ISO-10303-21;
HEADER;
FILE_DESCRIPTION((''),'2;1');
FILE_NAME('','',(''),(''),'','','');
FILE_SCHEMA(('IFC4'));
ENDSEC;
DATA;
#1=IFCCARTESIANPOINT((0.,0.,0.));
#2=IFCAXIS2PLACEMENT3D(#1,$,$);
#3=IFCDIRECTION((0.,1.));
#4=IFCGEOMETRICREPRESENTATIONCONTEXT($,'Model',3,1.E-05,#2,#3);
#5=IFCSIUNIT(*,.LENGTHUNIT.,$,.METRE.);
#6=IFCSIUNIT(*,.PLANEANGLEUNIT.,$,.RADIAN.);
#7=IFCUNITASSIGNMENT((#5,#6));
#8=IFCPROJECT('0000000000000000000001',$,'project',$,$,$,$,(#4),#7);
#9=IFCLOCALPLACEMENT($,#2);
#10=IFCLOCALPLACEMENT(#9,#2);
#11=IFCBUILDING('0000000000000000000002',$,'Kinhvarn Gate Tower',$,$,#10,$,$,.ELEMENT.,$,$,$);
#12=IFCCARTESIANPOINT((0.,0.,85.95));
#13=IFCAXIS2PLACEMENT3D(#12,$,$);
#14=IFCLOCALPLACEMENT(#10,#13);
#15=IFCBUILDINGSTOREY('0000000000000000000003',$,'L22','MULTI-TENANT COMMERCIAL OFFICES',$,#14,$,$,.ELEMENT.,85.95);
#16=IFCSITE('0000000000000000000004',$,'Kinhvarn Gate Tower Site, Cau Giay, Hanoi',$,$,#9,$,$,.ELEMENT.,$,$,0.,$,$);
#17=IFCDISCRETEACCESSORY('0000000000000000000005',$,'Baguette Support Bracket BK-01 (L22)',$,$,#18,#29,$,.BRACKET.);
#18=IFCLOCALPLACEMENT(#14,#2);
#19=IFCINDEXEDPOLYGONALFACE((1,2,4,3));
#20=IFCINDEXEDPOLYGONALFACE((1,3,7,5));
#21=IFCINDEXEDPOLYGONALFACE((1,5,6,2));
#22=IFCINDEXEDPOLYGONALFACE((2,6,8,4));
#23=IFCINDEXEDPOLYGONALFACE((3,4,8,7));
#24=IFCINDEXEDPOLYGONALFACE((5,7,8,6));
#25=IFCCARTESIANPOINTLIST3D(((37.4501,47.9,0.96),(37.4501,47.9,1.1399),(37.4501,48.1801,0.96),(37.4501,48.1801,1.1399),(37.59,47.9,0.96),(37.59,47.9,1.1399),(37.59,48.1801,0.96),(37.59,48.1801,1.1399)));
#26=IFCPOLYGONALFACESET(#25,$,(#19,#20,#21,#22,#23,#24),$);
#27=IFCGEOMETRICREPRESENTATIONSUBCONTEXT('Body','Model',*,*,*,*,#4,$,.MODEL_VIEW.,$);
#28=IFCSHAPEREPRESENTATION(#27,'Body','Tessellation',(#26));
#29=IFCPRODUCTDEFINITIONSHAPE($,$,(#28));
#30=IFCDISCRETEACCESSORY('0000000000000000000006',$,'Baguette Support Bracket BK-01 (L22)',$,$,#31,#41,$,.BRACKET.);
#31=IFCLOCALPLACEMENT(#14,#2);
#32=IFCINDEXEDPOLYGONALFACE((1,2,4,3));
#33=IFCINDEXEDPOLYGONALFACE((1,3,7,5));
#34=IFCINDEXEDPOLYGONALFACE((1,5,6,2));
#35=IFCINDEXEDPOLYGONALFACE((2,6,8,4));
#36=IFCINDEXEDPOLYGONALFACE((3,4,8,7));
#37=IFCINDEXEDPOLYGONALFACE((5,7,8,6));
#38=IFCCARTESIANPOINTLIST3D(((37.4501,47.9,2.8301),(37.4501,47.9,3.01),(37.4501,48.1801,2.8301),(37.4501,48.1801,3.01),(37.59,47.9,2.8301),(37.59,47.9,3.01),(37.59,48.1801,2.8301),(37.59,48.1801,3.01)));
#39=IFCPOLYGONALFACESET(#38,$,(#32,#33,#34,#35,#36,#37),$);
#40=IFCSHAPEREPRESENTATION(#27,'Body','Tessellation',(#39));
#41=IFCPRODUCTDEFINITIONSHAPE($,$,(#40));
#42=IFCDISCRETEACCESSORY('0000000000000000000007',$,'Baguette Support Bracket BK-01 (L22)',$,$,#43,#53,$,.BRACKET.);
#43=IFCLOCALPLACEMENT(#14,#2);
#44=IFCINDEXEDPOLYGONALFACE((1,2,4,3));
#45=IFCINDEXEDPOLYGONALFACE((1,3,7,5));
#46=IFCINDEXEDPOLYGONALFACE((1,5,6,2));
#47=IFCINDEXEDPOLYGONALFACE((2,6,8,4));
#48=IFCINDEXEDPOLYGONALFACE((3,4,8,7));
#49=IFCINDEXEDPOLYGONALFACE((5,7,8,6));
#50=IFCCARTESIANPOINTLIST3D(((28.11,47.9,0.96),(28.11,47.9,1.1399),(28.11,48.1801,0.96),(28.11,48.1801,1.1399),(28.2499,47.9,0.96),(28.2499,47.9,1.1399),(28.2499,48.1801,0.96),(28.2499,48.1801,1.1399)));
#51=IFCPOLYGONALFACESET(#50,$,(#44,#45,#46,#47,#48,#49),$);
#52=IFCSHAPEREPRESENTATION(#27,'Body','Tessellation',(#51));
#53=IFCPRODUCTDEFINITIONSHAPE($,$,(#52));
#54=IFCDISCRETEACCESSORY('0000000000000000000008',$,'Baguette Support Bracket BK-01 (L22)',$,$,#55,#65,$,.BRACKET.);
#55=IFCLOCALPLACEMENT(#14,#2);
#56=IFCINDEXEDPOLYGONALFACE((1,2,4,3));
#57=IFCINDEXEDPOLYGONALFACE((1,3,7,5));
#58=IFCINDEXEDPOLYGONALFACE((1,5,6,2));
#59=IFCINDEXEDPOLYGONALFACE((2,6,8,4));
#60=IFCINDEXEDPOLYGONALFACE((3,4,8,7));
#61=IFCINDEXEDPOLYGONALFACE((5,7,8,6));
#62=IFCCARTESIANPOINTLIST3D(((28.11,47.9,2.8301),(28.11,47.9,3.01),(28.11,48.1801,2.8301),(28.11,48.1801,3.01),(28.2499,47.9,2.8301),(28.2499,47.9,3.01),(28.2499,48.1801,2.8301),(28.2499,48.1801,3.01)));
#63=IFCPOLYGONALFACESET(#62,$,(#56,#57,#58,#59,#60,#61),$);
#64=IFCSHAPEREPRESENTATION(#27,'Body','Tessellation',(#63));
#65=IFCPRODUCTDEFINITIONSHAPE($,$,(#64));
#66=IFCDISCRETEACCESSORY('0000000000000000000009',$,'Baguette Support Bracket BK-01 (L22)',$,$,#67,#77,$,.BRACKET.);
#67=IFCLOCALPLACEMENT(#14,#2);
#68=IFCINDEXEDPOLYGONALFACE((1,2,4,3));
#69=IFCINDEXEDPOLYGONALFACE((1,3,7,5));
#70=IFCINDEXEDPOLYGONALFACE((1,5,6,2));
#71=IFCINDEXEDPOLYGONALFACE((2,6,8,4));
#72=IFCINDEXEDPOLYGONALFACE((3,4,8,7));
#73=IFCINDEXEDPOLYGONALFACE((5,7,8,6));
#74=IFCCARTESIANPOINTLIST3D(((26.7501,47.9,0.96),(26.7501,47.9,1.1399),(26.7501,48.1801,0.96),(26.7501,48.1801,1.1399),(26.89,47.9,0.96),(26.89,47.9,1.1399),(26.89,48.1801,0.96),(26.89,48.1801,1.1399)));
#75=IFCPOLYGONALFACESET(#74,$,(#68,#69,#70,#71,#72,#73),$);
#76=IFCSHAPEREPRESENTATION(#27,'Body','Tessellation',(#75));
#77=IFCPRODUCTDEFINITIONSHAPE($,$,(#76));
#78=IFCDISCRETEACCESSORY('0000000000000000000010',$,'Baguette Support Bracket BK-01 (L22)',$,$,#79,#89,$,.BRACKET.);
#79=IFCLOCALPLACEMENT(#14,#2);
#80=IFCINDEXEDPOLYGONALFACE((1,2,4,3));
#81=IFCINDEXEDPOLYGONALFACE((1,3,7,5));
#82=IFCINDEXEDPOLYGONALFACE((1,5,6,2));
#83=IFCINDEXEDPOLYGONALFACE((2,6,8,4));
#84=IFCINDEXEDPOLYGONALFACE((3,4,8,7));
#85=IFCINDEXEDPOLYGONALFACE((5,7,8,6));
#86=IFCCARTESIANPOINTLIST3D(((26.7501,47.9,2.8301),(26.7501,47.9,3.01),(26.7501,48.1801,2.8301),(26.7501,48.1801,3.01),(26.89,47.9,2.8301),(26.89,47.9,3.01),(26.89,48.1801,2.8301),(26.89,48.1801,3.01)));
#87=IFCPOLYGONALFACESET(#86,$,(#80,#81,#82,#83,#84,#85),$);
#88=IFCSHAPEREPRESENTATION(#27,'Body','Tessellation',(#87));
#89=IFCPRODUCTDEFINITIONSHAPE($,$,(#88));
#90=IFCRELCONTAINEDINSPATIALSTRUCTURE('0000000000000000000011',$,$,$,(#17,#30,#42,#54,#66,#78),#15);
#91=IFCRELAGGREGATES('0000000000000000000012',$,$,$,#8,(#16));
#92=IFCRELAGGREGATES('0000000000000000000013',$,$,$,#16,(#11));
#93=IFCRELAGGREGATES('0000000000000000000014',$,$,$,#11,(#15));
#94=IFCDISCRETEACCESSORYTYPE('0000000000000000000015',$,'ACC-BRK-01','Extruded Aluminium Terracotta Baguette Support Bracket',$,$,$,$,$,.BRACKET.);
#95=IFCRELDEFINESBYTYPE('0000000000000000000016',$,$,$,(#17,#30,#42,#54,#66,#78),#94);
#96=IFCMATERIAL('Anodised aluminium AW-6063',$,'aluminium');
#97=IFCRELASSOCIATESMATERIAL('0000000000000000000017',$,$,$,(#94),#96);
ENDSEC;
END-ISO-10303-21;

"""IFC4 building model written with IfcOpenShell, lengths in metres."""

from ifc_helpers import new_model, si_unit, direction, frame, origin, origin_2d, place, context, subcontext, project, spatial, rectangle, extrude, material, type_object, element, save


model = new_model("IFC4")

# Units and contexts
model_context = context("Model", 3, precision=1e-05, world=origin(), true_north=direction((0.0, 1.0)))
body_context = subcontext(model_context, "Body", "Model", "MODEL_VIEW")
ifc_project = project(units=[si_unit("LENGTHUNIT", "METRE"), si_unit("PLANEANGLEUNIT", "RADIAN")], contexts=[model_context])

# Site, building, storey
site_placement = place(None, origin())
site = spatial("IfcSite", under=ifc_project, at=site_placement, Name="Kinhvarn Gate Tower Site, Cau Giay, Hanoi", CompositionType="ELEMENT", RefElevation=0.0)
building_placement = place(site_placement, origin())
building = spatial("IfcBuilding", under=site, at=building_placement, Name="Kinhvarn Gate Tower", CompositionType="ELEMENT")
storey_placement = place(building_placement, frame((0.0, 0.0, 85.95)))
storey = spatial("IfcBuildingStorey", under=building, at=storey_placement, Name="L22", Description="MULTI-TENANT COMMERCIAL OFFICES", CompositionType="ELEMENT", Elevation=85.95)

# Shared definitions
ifc_material_1 = material(Name="Anodised aluminium AW-6063", Category="aluminium")

# Discrete accessories
discrete_accessory_type = type_object("IfcDiscreteAccessoryType", Name="ACC-BRK-01", Description="Extruded Aluminium Terracotta Baguette Support Bracket", PredefinedType="BRACKET", material=ifc_material_1)
for number, where, z_axis, x_axis, name in (
    (1, (37.52, 48.04, 0.96), (0.0, 0.0, 1.0), (-1.0, 0.0, 0.0), "Baguette Support Bracket BK-01 (L22)"),
    (2, (37.52, 48.04, 2.8301), (0.0, 0.0, 1.0), (-1.0, 0.0, 0.0), "Baguette Support Bracket BK-01 (L22)"),
    (3, (28.1799, 48.04, 0.96), (0.0, 0.0, 1.0), (-1.0, 0.0, 0.0), "Baguette Support Bracket BK-01 (L22)"),
    (4, (28.1799, 48.04, 2.8301), (0.0, 0.0, 1.0), (-1.0, 0.0, 0.0), "Baguette Support Bracket BK-01 (L22)"),
    (5, (26.8201, 48.04, 0.96), (0.0, 0.0, 1.0), (-1.0, 0.0, 0.0), "Baguette Support Bracket BK-01 (L22)"),
    (6, (26.8201, 48.04, 2.8301), (0.0, 0.0, 1.0), (-1.0, 0.0, 0.0), "Baguette Support Bracket BK-01 (L22)"),
):
    element("IfcDiscreteAccessory", number, at=place(storey_placement, frame(where, z_axis=z_axis, x_axis=x_axis)), inside=storey, type_object=discrete_accessory_type, Name=name, PredefinedType="BRACKET", context=body_context, shape_type="SweptSolid", body=[
        extrude(rectangle(XDim=0.1399, YDim=0.28, at=origin_2d()), origin(), (0.0, 0.0, 1.0), 0.1799),
    ])

save(model, "model.ifc")
